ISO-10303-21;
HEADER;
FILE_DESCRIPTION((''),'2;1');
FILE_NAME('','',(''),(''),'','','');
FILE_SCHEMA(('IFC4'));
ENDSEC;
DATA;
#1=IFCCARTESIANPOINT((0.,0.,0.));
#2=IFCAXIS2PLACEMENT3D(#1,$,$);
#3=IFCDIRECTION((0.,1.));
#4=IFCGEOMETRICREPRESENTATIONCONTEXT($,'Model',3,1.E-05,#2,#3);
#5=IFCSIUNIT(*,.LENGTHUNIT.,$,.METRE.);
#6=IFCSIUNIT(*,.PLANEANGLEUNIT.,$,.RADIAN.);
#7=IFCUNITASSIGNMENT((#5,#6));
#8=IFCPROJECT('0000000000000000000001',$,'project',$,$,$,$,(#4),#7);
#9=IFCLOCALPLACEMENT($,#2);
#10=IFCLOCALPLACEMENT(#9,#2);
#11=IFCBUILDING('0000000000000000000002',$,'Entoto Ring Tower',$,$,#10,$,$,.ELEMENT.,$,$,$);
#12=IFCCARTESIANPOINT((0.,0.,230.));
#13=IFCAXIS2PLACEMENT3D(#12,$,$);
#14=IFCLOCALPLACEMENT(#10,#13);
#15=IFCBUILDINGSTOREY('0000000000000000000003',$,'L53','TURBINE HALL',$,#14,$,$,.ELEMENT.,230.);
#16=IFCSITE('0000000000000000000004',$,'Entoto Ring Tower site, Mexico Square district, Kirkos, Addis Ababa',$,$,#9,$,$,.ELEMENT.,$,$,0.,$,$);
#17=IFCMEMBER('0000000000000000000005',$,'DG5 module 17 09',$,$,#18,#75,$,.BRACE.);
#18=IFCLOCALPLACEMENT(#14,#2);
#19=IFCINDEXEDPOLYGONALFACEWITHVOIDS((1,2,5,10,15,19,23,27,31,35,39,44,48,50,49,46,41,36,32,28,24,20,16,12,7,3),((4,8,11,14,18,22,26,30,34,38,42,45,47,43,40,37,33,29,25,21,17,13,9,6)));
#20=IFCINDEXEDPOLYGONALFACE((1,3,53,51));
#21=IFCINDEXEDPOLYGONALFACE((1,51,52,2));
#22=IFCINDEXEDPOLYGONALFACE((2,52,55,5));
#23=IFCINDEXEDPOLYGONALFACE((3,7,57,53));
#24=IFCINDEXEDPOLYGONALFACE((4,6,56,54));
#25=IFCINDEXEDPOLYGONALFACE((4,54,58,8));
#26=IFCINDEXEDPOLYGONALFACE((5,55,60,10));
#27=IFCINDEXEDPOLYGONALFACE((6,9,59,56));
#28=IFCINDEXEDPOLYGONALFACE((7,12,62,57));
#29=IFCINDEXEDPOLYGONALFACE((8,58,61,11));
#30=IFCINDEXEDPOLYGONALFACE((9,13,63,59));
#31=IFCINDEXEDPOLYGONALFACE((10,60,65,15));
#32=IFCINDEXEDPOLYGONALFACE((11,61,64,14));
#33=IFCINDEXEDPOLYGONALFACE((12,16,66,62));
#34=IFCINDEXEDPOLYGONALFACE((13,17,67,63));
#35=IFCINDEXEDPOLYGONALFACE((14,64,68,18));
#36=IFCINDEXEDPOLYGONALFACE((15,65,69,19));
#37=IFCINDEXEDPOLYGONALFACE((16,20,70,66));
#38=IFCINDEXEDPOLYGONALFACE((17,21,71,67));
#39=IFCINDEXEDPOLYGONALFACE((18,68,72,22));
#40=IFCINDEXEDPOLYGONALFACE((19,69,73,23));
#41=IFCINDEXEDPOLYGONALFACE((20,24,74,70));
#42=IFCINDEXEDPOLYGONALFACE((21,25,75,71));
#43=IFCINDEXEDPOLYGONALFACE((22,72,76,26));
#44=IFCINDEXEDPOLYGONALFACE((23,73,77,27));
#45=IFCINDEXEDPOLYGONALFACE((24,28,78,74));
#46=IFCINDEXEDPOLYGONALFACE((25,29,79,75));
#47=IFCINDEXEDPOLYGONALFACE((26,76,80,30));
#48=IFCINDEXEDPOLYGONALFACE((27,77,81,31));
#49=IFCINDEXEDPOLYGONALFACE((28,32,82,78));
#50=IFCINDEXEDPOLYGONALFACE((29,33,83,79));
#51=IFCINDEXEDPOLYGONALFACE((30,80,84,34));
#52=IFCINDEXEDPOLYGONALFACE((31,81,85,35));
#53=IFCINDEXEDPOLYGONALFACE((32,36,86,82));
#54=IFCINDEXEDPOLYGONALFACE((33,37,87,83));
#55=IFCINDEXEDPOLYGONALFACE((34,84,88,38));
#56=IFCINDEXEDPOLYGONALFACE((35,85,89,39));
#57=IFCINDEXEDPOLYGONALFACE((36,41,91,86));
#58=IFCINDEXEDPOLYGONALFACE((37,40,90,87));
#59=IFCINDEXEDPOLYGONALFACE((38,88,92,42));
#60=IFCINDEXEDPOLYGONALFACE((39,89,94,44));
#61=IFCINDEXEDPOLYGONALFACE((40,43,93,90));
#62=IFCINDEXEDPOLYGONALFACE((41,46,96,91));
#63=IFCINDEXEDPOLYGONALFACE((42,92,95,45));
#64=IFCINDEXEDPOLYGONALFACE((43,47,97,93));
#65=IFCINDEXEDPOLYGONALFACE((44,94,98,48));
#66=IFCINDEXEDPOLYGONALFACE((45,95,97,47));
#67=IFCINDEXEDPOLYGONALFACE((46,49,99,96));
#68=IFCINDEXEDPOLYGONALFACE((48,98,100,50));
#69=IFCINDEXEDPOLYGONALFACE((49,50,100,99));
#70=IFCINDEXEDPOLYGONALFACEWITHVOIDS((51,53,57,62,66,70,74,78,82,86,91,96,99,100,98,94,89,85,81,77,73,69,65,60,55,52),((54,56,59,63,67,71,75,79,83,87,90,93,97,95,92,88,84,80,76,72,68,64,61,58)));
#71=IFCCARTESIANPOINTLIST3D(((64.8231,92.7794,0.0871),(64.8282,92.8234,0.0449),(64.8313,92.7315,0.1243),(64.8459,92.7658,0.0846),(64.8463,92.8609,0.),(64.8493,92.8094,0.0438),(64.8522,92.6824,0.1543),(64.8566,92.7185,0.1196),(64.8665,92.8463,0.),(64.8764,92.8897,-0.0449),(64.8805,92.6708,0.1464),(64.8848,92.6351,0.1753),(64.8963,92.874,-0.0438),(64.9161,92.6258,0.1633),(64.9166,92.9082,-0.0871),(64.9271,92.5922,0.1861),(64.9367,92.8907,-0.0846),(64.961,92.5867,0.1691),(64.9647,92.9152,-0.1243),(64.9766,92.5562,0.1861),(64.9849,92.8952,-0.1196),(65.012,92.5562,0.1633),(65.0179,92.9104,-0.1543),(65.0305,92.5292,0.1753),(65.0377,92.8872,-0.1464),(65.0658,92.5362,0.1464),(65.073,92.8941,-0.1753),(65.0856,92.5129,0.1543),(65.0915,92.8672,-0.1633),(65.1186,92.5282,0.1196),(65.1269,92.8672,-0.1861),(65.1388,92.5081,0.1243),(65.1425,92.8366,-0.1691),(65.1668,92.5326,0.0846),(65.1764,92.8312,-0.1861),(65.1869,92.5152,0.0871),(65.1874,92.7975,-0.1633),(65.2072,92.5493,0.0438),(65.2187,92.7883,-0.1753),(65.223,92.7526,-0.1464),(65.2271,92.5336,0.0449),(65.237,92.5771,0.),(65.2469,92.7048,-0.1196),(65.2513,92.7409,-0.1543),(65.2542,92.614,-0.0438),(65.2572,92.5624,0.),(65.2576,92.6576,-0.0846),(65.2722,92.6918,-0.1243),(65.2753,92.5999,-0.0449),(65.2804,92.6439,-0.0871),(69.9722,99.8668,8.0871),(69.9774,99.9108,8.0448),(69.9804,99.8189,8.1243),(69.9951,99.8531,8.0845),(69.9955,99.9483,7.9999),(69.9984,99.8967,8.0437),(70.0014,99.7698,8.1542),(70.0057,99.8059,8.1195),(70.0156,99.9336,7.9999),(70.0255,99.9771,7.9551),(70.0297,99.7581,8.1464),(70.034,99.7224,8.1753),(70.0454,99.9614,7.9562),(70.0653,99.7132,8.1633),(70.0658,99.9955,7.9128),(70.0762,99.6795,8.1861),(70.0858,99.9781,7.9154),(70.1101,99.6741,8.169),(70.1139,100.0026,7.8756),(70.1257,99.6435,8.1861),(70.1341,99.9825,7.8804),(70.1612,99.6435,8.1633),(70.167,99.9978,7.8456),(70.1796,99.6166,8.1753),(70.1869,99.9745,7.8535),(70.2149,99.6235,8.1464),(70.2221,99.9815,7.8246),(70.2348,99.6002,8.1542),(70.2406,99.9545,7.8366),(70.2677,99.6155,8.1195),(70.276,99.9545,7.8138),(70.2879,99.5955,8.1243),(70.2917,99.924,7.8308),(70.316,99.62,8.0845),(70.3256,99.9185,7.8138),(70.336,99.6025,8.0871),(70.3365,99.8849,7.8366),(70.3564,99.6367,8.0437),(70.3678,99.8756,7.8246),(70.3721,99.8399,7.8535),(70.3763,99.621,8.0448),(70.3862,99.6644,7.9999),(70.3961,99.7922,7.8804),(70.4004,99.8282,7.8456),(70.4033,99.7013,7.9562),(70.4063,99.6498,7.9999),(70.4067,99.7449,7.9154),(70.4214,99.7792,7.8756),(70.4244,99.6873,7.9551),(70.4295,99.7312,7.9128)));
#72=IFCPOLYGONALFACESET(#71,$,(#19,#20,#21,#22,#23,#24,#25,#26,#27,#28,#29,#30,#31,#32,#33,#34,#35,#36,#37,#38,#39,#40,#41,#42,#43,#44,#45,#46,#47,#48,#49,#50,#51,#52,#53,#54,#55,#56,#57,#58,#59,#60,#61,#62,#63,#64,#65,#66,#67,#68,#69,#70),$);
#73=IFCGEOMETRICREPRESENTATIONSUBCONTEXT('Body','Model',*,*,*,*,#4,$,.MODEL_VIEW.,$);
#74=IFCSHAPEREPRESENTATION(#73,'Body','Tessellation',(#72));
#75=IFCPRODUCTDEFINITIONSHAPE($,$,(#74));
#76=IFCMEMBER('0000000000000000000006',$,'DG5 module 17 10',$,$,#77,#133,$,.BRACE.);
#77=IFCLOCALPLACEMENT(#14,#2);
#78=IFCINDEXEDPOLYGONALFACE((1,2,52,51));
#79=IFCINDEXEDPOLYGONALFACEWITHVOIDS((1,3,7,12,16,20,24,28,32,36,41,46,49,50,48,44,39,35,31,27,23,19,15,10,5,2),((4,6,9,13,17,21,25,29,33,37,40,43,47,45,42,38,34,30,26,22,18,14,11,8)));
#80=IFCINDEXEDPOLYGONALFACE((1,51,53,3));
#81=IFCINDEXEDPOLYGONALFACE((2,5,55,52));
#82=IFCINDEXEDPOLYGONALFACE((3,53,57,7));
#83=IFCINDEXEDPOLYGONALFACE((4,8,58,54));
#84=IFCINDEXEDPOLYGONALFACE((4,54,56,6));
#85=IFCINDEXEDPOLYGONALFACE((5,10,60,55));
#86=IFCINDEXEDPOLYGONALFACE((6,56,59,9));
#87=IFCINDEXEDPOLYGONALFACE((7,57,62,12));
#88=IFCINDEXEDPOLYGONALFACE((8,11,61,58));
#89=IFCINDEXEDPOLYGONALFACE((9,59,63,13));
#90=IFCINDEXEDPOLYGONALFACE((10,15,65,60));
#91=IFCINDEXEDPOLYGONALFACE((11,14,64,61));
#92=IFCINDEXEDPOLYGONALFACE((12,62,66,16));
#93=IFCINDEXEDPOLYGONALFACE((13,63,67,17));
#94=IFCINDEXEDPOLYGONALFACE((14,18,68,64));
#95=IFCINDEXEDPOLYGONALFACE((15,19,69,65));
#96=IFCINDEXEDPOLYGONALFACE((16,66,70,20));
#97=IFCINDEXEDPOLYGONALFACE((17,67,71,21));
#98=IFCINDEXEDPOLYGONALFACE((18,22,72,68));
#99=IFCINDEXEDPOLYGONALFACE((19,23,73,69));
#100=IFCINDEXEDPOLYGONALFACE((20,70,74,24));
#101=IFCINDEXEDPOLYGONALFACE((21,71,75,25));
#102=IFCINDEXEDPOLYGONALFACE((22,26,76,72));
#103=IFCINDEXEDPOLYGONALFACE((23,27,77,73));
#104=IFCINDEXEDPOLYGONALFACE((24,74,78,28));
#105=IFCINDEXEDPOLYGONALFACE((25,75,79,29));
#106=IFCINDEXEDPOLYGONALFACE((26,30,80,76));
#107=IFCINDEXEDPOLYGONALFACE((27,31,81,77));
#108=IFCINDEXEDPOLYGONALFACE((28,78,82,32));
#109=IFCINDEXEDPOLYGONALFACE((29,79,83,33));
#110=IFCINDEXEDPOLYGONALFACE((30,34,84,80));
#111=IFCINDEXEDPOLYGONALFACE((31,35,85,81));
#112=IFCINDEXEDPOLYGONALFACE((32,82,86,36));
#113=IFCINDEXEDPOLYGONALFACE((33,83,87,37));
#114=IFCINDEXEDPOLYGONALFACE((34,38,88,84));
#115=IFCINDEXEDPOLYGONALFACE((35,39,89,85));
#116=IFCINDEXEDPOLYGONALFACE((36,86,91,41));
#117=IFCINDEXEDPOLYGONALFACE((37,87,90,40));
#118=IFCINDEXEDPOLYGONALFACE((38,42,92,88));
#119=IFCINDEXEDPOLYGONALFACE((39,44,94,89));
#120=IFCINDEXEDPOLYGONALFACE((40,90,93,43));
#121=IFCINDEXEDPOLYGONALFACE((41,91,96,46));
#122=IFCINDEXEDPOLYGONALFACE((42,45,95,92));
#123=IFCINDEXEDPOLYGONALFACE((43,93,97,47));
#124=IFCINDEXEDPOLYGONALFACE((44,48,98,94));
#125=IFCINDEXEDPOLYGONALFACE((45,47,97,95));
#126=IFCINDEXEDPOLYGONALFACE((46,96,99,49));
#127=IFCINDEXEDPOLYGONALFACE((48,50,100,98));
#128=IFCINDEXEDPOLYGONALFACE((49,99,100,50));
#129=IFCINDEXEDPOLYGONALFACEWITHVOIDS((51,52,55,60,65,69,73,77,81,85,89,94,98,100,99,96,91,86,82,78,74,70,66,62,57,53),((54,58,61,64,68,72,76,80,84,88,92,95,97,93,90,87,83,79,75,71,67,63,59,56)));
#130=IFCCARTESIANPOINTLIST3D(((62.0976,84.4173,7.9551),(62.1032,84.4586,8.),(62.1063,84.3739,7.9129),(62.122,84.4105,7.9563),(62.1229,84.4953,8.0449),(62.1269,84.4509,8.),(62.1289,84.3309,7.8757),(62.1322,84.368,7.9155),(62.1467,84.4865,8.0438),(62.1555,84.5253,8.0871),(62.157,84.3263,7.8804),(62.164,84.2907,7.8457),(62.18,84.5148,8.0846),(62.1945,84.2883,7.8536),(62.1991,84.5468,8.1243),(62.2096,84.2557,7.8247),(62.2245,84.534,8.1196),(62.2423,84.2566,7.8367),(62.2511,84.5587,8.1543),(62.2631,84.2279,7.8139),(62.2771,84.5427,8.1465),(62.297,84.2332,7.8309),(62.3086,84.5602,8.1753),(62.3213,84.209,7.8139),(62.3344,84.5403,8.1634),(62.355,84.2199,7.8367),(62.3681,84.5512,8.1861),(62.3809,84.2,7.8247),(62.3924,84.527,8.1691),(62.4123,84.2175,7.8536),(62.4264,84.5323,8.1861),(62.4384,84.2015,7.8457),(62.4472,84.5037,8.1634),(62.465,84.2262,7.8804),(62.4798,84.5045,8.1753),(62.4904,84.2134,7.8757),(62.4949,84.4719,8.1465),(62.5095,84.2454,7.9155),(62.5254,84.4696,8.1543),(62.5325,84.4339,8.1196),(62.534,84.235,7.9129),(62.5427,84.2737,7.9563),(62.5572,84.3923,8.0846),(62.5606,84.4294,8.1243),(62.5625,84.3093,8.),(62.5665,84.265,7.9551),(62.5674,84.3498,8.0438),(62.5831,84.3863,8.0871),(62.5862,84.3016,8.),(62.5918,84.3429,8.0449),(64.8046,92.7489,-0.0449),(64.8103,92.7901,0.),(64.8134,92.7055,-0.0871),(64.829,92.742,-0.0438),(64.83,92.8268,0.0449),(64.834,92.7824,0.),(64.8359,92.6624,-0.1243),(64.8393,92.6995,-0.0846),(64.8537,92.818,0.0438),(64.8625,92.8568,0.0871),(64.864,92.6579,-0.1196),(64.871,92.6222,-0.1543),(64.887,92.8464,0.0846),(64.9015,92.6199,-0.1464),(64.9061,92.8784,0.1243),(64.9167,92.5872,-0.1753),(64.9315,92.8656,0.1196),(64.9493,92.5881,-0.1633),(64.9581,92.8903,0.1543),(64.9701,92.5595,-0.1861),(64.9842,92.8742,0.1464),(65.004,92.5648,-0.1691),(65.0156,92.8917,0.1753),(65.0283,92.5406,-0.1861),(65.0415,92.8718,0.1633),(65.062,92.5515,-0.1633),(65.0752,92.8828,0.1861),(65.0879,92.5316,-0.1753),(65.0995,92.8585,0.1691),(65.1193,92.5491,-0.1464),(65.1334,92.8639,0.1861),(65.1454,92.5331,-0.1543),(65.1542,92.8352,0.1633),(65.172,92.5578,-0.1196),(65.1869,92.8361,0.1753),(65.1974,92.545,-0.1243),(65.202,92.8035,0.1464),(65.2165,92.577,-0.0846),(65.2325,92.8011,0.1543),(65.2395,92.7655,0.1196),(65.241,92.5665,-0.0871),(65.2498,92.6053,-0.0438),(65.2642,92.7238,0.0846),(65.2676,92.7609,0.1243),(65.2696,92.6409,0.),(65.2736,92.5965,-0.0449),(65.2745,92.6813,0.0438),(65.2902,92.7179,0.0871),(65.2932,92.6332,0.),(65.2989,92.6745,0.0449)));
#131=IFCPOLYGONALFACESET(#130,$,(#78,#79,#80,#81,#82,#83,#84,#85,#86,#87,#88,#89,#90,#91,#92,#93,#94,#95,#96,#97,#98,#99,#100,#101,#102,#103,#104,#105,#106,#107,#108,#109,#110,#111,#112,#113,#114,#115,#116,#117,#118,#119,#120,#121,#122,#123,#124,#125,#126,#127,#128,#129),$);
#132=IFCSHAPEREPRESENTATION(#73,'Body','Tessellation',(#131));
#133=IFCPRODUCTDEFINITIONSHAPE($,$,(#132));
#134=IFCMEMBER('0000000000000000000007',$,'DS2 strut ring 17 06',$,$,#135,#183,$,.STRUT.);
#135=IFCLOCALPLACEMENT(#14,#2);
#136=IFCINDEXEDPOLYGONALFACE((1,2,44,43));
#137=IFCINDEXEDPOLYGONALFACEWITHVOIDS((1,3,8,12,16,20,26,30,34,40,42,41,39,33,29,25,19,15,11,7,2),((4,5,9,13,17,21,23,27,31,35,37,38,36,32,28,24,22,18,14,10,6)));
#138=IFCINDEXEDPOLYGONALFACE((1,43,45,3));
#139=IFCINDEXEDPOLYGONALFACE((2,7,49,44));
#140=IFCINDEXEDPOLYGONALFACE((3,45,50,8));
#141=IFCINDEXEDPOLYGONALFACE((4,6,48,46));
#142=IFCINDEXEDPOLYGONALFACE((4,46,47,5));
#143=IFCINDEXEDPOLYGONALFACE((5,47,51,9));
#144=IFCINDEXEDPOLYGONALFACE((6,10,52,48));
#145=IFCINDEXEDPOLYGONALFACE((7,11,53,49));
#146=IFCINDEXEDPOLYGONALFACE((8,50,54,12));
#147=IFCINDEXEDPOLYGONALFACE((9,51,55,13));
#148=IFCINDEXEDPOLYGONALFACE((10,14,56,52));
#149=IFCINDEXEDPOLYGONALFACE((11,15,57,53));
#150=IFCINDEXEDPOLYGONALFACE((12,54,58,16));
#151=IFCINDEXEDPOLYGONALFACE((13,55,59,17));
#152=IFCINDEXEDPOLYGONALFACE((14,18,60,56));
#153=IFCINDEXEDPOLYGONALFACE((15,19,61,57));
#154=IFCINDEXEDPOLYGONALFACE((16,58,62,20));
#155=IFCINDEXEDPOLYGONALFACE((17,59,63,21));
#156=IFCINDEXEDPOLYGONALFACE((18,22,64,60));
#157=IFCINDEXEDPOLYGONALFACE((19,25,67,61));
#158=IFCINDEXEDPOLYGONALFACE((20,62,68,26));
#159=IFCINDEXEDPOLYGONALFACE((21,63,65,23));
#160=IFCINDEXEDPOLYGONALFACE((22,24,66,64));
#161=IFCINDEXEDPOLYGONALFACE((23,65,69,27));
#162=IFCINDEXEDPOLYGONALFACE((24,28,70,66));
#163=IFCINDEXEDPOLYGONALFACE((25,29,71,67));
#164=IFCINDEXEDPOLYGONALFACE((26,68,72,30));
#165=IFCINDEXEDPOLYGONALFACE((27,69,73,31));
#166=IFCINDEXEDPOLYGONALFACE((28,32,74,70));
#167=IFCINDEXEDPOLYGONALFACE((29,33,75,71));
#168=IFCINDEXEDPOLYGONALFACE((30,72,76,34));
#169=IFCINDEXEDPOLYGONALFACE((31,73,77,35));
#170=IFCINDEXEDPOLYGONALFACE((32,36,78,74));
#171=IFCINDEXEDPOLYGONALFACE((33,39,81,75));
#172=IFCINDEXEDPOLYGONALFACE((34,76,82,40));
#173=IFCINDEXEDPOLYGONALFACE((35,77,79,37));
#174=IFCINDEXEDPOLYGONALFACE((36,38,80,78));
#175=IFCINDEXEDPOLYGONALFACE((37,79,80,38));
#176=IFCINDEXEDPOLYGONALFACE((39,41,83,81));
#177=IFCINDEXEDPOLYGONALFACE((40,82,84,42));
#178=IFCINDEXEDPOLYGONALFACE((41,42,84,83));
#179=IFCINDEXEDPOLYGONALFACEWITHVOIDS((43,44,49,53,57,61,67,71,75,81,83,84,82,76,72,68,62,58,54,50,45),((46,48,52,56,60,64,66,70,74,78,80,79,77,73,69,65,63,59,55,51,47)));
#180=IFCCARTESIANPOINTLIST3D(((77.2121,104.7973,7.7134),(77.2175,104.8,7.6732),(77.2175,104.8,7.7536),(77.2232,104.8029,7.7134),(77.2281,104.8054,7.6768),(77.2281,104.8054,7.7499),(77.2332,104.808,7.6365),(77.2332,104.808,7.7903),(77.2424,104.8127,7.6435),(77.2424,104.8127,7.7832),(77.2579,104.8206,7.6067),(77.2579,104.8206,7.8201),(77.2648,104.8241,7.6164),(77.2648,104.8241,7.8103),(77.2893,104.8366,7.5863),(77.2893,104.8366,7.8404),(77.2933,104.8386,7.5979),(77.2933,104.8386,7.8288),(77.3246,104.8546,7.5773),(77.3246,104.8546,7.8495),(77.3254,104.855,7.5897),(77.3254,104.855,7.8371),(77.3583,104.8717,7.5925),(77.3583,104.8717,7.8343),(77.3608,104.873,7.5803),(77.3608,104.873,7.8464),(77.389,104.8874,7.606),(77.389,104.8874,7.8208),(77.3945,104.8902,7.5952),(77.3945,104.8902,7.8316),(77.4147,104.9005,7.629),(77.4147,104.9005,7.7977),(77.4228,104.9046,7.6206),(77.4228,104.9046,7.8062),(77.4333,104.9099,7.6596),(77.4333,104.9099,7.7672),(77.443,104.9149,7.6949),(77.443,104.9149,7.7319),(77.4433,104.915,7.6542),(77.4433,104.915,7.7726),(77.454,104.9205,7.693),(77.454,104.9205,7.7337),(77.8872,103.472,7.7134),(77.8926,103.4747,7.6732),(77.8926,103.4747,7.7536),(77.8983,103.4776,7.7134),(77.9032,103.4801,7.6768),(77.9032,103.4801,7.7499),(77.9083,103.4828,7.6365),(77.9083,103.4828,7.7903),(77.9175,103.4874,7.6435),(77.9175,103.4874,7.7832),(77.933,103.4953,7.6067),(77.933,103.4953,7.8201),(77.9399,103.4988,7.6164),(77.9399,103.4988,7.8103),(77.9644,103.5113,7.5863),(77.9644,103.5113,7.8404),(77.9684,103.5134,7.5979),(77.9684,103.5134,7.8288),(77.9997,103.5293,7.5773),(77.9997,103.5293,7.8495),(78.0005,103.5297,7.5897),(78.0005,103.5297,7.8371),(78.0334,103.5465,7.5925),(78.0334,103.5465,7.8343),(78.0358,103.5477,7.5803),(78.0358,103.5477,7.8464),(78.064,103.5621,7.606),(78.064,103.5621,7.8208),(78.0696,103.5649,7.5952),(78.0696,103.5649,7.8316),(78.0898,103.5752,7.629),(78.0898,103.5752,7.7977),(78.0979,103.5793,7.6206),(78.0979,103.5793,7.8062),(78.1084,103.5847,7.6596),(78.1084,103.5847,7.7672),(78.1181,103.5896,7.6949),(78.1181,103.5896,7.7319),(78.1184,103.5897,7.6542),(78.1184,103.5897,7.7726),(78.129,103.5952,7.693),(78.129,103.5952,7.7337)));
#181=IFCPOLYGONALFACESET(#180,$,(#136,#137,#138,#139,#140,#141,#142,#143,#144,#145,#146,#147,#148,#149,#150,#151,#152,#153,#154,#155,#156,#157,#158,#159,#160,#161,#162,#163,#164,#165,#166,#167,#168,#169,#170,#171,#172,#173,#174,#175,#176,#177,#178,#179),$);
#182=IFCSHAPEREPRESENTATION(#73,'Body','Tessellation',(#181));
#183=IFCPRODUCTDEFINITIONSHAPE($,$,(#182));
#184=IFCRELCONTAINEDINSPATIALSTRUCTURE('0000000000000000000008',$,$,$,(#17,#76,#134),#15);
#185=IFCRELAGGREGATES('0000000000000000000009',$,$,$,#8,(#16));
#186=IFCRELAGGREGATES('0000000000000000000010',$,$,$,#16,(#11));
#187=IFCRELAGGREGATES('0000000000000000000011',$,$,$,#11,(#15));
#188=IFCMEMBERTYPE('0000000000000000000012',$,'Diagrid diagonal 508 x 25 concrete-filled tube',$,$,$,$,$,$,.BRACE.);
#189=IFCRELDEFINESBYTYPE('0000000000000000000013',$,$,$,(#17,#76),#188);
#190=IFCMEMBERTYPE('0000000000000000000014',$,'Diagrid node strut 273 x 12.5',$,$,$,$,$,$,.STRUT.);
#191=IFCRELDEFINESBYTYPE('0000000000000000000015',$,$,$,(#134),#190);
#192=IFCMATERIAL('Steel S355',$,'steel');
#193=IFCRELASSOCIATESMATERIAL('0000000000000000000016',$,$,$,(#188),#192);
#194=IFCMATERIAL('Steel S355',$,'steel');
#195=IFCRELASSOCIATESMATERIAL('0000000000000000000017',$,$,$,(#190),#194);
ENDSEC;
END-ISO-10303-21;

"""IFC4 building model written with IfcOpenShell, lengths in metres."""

from ifc_helpers import new_model, si_unit, direction, frame, origin, origin_2d, place, context, subcontext, project, spatial, circle, hollow_circle, extrude, material, material_profile, profile_set, type_object, element, save


model = new_model("IFC4")

# Units and contexts
model_context = context("Model", 3, precision=1e-05, world=origin(), true_north=direction((0.0, 1.0)))
body_context = subcontext(model_context, "Body", "Model", "MODEL_VIEW")
ifc_project = project(units=[si_unit("LENGTHUNIT", "METRE"), si_unit("PLANEANGLEUNIT", "RADIAN")], contexts=[model_context])

# Site, building, storey
site_placement = place(None, origin())
site = spatial("IfcSite", under=ifc_project, at=site_placement, Name="Entoto Ring Tower site, Mexico Square district, Kirkos, Addis Ababa", CompositionType="ELEMENT", RefElevation=0.0)
building_placement = place(site_placement, origin())
building = spatial("IfcBuilding", under=site, at=building_placement, Name="Entoto Ring Tower", CompositionType="ELEMENT")
storey_placement = place(building_placement, frame((0.0, 0.0, 230.0)))
storey = spatial("IfcBuildingStorey", under=building, at=storey_placement, Name="L53", Description="TURBINE HALL", CompositionType="ELEMENT", Elevation=230.0)

# Members
ifc_material_1 = material(Name="Steel S355", Category="steel")
ifc_material_profile_1 = material_profile(ifc_material_1, hollow_circle(Radius=0.2539, WallThickness=0.0249, at=origin_2d()), Name="CHS 508 x 25")
ifc_material_2 = material(Name="Concrete C60/75", Category="concrete")
ifc_material_profile_2 = material_profile(ifc_material_2, circle(Radius=0.229, at=origin_2d()), Name="Concrete C60/75 infill")
ifc_profile_set_1 = profile_set([ifc_material_profile_1, ifc_material_profile_2], Name="Steel S355")
member_type_1 = type_object("IfcMemberType", Name="Diagrid diagonal 508 x 25 concrete-filled tube", PredefinedType="BRACE", material=ifc_profile_set_1)
for number, where, z_axis, x_axis, name in (
    (1, (65.0518, 92.7117, 0.0), (0.434031, 0.597407, 0.674331), (-0.809024, 0.587776, 0.0), "DG5 module 17 09"),
    (2, (65.0518, 92.7117, 0.0), (-0.228182, -0.702284, 0.674337), (0.951058, -0.309012, 0.0), "DG5 module 17 10"),
):
    element("IfcMember", number, at=place(storey_placement, frame(where, z_axis=z_axis, x_axis=x_axis)), inside=storey, type_object=member_type_1, Name=name, PredefinedType="BRACE", context=body_context, shape_type="SweptSolid", body=[
        extrude(hollow_circle(Radius=0.2539, WallThickness=0.0249, at=origin_2d()), origin(), (0.0, 0.0, 1.0), 11.8635),
    ])
ifc_material_3 = material(Name="Steel S355", Category="steel")
ifc_material_profile_3 = material_profile(ifc_material_3, hollow_circle(Radius=0.1365, WallThickness=0.0125, at=origin_2d()), Name="CHS 273 x 12.5")
ifc_material_4 = material(Name="Concrete C60/75", Category="concrete")
ifc_material_profile_4 = material_profile(ifc_material_4, circle(Radius=0.124, at=origin_2d()), Name="Concrete C60/75 infill")
ifc_profile_set_2 = profile_set([ifc_material_profile_3, ifc_material_profile_4], Name="Steel S355")
member_type_2 = type_object("IfcMemberType", Name="Diagrid node strut 273 x 12.5", PredefinedType="STRUT", material=ifc_profile_set_2)
for number, where, z_axis, x_axis, name in (
    (3, (78.0088, 103.5339, 7.7134), (-0.453899, 0.891053, 0.0), (-0.891053, -0.453899, 0.0), "DS2 strut ring 17 06"),
):
    element("IfcMember", number, at=place(storey_placement, frame(where, z_axis=z_axis, x_axis=x_axis)), inside=storey, type_object=member_type_2, Name=name, PredefinedType="STRUT", context=body_context, shape_type="SweptSolid", body=[
        extrude(hollow_circle(Radius=0.1365, WallThickness=0.0125, at=origin_2d()), origin(), (0.0, 0.0, 1.0), 1.4873),
    ])

save(model, "model.ifc")
